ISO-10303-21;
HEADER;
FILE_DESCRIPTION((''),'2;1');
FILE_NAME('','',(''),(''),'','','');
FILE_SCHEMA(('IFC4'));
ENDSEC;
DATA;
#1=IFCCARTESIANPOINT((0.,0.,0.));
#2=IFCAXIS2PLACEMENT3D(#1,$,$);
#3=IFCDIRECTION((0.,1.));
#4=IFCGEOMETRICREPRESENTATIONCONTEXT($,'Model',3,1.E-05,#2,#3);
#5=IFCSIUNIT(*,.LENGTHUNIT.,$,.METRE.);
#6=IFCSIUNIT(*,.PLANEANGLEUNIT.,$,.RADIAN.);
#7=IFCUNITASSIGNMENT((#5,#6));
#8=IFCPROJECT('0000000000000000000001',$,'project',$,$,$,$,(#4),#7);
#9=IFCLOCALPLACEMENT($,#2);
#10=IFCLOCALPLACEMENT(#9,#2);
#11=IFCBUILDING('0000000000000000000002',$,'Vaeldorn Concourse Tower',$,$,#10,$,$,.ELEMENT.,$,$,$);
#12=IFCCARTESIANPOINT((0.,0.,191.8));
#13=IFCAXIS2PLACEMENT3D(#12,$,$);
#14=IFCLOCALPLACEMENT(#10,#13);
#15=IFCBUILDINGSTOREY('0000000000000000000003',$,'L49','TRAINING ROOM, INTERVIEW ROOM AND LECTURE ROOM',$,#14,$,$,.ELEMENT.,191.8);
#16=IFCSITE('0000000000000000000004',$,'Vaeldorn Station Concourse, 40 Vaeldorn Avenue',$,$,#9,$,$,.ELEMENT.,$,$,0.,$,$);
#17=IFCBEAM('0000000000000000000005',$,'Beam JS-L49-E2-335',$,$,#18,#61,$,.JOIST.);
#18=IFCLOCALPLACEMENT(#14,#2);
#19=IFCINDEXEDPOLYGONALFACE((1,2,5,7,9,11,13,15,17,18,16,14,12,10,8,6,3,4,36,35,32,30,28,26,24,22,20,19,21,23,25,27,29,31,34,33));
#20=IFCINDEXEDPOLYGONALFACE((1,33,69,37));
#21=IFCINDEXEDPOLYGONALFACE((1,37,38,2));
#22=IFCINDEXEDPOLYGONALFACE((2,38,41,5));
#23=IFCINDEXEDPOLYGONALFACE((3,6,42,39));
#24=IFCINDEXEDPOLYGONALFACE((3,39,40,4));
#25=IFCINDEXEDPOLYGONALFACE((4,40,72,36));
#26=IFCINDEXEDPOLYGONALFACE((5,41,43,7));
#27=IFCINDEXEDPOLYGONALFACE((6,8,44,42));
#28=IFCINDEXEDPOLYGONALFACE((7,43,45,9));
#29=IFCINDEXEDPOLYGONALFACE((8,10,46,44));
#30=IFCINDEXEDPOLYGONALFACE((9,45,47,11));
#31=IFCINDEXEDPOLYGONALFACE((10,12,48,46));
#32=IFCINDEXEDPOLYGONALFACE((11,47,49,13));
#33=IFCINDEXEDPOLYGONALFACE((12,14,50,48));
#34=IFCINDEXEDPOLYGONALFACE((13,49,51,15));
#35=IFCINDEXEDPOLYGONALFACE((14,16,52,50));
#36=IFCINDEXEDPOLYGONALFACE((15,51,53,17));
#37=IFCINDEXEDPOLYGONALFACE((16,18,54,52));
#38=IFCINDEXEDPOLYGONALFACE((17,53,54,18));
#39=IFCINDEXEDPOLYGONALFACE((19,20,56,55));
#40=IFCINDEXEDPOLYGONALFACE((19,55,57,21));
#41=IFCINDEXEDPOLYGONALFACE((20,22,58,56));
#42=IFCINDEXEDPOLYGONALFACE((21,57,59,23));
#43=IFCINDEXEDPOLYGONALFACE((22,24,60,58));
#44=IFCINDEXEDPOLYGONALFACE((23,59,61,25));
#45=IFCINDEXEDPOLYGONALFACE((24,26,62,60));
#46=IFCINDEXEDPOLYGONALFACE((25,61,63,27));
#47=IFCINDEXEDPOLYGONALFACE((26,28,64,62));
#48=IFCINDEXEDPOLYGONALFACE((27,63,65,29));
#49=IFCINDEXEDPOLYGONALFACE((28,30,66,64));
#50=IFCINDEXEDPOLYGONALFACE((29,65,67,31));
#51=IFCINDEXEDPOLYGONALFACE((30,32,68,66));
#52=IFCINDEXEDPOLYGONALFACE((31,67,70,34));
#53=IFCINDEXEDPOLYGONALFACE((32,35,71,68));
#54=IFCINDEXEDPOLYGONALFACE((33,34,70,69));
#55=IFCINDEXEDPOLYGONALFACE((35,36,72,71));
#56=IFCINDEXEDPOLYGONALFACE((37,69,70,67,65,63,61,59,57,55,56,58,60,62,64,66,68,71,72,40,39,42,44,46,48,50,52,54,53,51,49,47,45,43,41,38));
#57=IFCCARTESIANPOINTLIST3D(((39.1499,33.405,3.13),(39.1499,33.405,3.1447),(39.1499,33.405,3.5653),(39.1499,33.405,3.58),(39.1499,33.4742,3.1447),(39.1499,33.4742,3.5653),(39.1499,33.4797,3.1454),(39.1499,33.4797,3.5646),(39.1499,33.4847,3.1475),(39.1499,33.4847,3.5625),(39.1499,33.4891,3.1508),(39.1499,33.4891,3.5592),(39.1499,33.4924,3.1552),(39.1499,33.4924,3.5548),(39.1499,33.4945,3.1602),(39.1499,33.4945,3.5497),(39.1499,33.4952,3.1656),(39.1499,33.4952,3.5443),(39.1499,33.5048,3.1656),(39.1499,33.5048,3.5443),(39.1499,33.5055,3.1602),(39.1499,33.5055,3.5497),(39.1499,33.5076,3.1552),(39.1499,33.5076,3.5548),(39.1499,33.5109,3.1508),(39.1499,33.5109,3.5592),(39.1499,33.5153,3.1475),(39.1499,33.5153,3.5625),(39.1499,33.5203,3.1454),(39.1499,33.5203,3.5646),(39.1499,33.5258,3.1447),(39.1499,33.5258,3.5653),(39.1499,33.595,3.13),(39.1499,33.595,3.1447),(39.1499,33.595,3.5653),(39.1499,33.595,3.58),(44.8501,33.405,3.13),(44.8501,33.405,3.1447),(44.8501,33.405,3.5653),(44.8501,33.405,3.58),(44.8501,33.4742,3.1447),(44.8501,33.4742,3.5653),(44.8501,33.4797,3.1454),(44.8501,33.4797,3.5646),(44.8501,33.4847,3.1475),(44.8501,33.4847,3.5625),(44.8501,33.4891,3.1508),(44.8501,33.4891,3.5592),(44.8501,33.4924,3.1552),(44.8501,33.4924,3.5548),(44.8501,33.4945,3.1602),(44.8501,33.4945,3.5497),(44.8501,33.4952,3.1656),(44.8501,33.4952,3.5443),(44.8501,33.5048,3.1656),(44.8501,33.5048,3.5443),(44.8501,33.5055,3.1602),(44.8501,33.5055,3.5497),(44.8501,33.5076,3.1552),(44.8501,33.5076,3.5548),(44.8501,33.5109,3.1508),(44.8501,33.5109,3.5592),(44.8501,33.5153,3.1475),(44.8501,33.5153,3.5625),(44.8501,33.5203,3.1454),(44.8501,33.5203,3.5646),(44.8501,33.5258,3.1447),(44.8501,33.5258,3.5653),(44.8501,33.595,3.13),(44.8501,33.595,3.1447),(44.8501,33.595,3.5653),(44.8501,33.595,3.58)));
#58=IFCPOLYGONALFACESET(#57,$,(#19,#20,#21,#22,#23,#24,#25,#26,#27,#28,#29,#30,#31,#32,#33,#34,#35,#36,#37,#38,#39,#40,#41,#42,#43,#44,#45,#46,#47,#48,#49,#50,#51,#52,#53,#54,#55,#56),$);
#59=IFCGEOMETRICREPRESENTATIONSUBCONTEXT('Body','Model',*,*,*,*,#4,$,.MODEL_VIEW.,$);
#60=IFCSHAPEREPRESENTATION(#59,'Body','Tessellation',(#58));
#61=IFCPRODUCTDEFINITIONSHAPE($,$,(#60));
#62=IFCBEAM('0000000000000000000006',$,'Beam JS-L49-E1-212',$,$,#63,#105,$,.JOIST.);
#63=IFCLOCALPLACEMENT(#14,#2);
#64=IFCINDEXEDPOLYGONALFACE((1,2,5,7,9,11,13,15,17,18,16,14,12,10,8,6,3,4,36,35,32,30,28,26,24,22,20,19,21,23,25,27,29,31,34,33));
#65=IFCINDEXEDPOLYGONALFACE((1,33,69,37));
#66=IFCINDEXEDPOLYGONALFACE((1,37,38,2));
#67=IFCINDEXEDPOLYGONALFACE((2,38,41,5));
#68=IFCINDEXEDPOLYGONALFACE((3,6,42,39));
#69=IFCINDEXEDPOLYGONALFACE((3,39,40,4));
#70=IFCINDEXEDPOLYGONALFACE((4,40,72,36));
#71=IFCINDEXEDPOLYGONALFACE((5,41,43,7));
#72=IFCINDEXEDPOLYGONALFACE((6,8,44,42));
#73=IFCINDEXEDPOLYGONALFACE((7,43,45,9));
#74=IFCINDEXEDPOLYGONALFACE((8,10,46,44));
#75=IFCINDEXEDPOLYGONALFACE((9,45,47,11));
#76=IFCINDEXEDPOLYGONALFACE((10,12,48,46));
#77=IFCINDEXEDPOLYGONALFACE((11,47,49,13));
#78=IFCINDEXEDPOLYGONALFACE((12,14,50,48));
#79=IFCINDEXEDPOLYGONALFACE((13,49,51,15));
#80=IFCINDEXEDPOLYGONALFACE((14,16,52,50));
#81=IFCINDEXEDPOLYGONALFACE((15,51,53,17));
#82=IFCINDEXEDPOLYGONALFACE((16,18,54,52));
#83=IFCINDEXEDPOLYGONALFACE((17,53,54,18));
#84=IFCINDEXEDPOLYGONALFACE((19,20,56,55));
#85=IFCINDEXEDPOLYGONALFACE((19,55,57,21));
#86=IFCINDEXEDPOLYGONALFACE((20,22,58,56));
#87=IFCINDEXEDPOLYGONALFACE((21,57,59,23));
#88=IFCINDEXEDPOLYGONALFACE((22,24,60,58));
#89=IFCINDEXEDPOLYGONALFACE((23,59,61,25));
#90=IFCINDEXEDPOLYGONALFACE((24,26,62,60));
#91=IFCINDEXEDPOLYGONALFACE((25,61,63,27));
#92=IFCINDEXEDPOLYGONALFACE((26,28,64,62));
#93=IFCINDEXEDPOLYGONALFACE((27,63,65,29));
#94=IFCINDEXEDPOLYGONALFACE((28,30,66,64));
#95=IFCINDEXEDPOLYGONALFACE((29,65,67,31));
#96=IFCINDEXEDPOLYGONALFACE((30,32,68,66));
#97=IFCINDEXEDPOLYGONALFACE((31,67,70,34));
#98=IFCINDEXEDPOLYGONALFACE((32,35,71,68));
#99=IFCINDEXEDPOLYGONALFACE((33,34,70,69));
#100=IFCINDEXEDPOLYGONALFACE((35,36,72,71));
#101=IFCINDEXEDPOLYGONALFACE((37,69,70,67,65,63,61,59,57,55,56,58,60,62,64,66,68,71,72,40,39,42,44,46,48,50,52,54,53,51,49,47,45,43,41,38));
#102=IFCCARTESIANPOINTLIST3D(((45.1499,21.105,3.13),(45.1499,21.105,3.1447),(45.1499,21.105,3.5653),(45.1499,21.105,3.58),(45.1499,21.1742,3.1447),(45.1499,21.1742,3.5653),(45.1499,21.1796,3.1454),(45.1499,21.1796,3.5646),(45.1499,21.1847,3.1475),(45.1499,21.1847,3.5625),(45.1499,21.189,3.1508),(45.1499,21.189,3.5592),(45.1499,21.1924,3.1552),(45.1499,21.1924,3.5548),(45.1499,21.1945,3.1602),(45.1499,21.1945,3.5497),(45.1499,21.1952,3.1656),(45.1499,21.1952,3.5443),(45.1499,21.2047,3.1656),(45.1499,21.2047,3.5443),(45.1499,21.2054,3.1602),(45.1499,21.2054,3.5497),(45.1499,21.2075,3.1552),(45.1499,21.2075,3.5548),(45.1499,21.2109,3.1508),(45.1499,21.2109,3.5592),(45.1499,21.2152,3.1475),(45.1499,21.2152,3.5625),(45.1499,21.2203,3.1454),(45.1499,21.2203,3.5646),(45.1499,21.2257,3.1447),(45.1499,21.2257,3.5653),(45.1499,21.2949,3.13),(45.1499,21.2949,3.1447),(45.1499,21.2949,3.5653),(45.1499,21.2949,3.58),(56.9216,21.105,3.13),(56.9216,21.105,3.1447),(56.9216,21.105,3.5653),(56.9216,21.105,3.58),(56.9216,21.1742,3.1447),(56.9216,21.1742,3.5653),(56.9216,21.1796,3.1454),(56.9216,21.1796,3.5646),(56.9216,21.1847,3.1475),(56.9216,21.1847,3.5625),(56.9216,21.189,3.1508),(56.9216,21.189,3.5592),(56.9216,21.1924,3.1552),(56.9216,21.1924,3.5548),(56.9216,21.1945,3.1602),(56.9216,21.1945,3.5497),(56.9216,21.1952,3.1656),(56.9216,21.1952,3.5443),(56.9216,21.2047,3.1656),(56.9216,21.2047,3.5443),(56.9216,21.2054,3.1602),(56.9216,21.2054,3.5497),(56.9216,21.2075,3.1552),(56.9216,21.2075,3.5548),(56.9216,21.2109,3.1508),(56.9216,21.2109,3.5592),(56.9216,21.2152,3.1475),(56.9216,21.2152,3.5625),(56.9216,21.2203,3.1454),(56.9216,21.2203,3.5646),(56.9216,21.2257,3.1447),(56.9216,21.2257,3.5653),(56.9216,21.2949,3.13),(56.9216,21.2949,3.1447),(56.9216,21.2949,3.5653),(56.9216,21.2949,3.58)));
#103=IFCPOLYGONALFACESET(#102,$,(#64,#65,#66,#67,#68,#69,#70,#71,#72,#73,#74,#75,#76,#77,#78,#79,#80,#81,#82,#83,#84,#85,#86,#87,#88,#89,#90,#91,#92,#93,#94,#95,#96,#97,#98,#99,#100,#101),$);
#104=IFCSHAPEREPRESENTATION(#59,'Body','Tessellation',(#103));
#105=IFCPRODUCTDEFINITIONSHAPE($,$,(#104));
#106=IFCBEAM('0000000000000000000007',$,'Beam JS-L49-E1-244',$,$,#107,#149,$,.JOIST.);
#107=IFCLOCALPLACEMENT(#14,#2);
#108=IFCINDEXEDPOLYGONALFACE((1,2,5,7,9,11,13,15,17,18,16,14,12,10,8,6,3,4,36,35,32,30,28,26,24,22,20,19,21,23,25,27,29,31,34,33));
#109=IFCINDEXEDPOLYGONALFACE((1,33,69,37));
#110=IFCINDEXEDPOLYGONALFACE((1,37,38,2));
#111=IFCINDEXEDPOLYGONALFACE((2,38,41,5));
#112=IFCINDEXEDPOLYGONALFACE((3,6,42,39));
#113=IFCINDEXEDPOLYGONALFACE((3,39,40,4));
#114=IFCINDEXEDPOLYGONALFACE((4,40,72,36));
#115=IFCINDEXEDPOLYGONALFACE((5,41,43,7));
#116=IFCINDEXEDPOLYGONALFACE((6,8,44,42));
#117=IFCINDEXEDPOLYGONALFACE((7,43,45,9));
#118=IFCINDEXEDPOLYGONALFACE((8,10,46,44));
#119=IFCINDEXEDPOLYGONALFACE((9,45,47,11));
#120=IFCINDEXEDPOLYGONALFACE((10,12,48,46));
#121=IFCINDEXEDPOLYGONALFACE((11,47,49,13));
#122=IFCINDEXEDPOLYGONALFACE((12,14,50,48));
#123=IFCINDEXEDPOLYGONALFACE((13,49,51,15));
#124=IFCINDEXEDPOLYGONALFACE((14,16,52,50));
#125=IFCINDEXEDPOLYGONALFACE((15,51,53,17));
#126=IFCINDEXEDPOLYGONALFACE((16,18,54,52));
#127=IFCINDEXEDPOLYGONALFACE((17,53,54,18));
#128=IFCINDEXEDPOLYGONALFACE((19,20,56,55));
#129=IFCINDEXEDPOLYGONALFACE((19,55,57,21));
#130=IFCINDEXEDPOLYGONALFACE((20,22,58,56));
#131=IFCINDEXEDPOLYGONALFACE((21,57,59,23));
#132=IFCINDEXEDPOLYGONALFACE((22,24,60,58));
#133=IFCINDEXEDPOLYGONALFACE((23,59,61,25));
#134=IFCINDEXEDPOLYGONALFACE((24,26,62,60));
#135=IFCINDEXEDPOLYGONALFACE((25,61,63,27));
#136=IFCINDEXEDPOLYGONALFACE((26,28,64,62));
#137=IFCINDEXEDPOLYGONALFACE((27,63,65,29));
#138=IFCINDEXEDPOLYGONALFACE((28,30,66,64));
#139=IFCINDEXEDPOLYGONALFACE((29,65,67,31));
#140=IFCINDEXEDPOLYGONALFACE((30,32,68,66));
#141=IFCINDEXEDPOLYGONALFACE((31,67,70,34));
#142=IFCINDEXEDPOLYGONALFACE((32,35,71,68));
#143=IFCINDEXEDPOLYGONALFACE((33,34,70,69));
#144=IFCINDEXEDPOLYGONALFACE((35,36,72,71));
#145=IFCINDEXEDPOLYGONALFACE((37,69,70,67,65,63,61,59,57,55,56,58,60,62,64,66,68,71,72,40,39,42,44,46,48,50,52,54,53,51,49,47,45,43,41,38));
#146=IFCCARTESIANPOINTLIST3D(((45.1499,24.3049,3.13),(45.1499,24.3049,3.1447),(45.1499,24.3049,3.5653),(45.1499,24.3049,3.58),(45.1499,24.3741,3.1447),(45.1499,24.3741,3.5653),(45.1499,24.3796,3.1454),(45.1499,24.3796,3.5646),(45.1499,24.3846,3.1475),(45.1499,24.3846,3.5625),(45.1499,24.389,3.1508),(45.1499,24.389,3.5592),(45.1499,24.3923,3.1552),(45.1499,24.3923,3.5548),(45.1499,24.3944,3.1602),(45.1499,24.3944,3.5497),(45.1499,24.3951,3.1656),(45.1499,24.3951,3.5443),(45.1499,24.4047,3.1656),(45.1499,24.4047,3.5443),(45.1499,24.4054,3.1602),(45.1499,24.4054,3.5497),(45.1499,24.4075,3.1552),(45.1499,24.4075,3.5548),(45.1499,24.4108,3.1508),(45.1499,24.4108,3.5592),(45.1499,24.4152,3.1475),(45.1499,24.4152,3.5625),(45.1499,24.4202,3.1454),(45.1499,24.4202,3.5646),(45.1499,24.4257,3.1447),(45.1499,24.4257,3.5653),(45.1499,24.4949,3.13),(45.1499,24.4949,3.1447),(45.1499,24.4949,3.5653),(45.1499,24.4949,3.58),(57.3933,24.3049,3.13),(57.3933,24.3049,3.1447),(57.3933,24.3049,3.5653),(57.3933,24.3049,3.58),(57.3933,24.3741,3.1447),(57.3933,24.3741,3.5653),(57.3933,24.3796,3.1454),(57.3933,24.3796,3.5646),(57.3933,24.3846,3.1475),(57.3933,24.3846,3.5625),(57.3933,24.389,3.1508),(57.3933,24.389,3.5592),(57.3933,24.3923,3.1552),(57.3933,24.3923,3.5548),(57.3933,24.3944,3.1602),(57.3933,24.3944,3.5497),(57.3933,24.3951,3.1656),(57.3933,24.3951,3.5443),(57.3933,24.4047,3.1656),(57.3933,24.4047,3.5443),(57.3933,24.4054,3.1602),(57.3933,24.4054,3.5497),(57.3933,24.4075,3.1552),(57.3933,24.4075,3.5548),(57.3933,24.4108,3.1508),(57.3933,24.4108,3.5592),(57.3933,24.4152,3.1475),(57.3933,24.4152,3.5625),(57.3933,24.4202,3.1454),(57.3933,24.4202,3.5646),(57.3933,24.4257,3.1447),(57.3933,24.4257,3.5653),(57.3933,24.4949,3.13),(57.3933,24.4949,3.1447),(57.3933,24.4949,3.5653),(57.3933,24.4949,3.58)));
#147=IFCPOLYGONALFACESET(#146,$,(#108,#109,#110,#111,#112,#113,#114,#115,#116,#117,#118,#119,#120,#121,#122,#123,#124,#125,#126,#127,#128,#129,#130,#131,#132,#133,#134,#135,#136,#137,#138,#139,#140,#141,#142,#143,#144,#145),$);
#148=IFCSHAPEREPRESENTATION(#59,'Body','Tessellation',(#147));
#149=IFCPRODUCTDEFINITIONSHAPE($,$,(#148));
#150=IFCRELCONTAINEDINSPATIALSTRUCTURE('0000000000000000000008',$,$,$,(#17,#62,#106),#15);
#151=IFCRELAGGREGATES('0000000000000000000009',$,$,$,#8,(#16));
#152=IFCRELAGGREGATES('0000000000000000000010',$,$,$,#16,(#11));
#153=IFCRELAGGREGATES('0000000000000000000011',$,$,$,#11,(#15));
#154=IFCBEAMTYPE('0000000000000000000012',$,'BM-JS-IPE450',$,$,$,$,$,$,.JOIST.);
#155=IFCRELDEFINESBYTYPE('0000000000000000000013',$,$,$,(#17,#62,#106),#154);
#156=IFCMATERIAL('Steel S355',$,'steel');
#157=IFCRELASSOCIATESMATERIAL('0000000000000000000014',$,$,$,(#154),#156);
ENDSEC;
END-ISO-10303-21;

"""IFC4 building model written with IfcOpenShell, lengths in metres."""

from ifc_helpers import new_model, si_unit, direction, frame, origin, origin_2d, place, context, subcontext, project, spatial, i_section, extrude, source, transform, mapped, material, material_profile, profile_set, type_object, element, save


model = new_model("IFC4")

# Units and contexts
model_context = context("Model", 3, precision=1e-05, world=origin(), true_north=direction((0.0, 1.0)))
body_context = subcontext(model_context, "Body", "Model", "MODEL_VIEW")
ifc_project = project(units=[si_unit("LENGTHUNIT", "METRE"), si_unit("PLANEANGLEUNIT", "RADIAN")], contexts=[model_context])

# Site, building, storey
site_placement = place(None, origin())
site = spatial("IfcSite", under=ifc_project, at=site_placement, Name="Vaeldorn Station Concourse, 40 Vaeldorn Avenue", CompositionType="ELEMENT", RefElevation=0.0)
building_placement = place(site_placement, origin())
building = spatial("IfcBuilding", under=site, at=building_placement, Name="Vaeldorn Concourse Tower", CompositionType="ELEMENT")
storey_placement = place(building_placement, frame((0.0, 0.0, 191.8)))
storey = spatial("IfcBuildingStorey", under=building, at=storey_placement, Name="L49", Description="TRAINING ROOM, INTERVIEW ROOM AND LECTURE ROOM", CompositionType="ELEMENT", Elevation=191.8)

# Shared definitions
ifc_material_1 = material(Name="Steel S355", Category="steel")

# Beams
ifc_material_profile_1 = material_profile(ifc_material_1, i_section(OverallWidth=0.1899, OverallDepth=0.45, WebThickness=0.0095, FlangeThickness=0.0146, FilletRadius=0.021, at=origin_2d()), Name="IPE 450")
ifc_profile_set_1 = profile_set([ifc_material_profile_1], Name="Steel S355")
beam_type_1 = type_object("IfcBeamType", Name="BM-JS-IPE450", PredefinedType="JOIST", material=ifc_profile_set_1)
shared_shape_1 = source(origin(), body_context, "Body", "SweptSolid", [
    extrude(i_section(OverallWidth=0.1899, OverallDepth=0.45, WebThickness=0.0095, FlangeThickness=0.0146, FilletRadius=0.021, at=origin_2d()), origin(), (0.0, 0.0, 1.0), 5.7002),
])
for number, where, z_axis, x_axis, name in (
    (1, (39.1499, 33.5, 3.355), (1.0, 0.0, 0.0), (0.0, 1.0, 0.0), "Beam JS-L49-E2-335"),
):
    element("IfcBeam", number, at=place(storey_placement, frame(where, z_axis=z_axis, x_axis=x_axis)), inside=storey, type_object=beam_type_1, Name=name, PredefinedType="JOIST", context=body_context, shape_type="MappedRepresentation", body=[
        mapped(shared_shape_1, transform((0.0, 0.0, 0.0), scale=1.0)),
    ])
shared_shape_2 = source(origin(), body_context, "Body", "SweptSolid", [
    extrude(i_section(OverallWidth=0.1899, OverallDepth=0.45, WebThickness=0.0095, FlangeThickness=0.0146, FilletRadius=0.021, at=origin_2d()), origin(), (0.0, 0.0, 1.0), 11.7717),
])
beam_1_placement = place(storey_placement, frame((45.1499, 21.2, 3.355), z_axis=(1.0, 0.0, 0.0), x_axis=(0.0, 1.0, 0.0)))
element("IfcBeam", 2, at=beam_1_placement, inside=storey, type_object=beam_type_1, Name="Beam JS-L49-E1-212", PredefinedType="JOIST", context=body_context, shape_type="MappedRepresentation", body=[
    mapped(shared_shape_2, transform((0.0, 0.0, 0.0), scale=1.0)),
])
shared_shape_3 = source(origin(), body_context, "Body", "SweptSolid", [
    extrude(i_section(OverallWidth=0.1899, OverallDepth=0.45, WebThickness=0.0095, FlangeThickness=0.0146, FilletRadius=0.021, at=origin_2d()), origin(), (0.0, 0.0, 1.0), 12.2434),
])
beam_2_placement = place(storey_placement, frame((45.1499, 24.3999, 3.355), z_axis=(1.0, 0.0, 0.0), x_axis=(0.0, 1.0, 0.0)))
element("IfcBeam", 3, at=beam_2_placement, inside=storey, type_object=beam_type_1, Name="Beam JS-L49-E1-244", PredefinedType="JOIST", context=body_context, shape_type="MappedRepresentation", body=[
    mapped(shared_shape_3, transform((0.0, 0.0, 0.0), scale=1.0)),
])

save(model, "model.ifc")
